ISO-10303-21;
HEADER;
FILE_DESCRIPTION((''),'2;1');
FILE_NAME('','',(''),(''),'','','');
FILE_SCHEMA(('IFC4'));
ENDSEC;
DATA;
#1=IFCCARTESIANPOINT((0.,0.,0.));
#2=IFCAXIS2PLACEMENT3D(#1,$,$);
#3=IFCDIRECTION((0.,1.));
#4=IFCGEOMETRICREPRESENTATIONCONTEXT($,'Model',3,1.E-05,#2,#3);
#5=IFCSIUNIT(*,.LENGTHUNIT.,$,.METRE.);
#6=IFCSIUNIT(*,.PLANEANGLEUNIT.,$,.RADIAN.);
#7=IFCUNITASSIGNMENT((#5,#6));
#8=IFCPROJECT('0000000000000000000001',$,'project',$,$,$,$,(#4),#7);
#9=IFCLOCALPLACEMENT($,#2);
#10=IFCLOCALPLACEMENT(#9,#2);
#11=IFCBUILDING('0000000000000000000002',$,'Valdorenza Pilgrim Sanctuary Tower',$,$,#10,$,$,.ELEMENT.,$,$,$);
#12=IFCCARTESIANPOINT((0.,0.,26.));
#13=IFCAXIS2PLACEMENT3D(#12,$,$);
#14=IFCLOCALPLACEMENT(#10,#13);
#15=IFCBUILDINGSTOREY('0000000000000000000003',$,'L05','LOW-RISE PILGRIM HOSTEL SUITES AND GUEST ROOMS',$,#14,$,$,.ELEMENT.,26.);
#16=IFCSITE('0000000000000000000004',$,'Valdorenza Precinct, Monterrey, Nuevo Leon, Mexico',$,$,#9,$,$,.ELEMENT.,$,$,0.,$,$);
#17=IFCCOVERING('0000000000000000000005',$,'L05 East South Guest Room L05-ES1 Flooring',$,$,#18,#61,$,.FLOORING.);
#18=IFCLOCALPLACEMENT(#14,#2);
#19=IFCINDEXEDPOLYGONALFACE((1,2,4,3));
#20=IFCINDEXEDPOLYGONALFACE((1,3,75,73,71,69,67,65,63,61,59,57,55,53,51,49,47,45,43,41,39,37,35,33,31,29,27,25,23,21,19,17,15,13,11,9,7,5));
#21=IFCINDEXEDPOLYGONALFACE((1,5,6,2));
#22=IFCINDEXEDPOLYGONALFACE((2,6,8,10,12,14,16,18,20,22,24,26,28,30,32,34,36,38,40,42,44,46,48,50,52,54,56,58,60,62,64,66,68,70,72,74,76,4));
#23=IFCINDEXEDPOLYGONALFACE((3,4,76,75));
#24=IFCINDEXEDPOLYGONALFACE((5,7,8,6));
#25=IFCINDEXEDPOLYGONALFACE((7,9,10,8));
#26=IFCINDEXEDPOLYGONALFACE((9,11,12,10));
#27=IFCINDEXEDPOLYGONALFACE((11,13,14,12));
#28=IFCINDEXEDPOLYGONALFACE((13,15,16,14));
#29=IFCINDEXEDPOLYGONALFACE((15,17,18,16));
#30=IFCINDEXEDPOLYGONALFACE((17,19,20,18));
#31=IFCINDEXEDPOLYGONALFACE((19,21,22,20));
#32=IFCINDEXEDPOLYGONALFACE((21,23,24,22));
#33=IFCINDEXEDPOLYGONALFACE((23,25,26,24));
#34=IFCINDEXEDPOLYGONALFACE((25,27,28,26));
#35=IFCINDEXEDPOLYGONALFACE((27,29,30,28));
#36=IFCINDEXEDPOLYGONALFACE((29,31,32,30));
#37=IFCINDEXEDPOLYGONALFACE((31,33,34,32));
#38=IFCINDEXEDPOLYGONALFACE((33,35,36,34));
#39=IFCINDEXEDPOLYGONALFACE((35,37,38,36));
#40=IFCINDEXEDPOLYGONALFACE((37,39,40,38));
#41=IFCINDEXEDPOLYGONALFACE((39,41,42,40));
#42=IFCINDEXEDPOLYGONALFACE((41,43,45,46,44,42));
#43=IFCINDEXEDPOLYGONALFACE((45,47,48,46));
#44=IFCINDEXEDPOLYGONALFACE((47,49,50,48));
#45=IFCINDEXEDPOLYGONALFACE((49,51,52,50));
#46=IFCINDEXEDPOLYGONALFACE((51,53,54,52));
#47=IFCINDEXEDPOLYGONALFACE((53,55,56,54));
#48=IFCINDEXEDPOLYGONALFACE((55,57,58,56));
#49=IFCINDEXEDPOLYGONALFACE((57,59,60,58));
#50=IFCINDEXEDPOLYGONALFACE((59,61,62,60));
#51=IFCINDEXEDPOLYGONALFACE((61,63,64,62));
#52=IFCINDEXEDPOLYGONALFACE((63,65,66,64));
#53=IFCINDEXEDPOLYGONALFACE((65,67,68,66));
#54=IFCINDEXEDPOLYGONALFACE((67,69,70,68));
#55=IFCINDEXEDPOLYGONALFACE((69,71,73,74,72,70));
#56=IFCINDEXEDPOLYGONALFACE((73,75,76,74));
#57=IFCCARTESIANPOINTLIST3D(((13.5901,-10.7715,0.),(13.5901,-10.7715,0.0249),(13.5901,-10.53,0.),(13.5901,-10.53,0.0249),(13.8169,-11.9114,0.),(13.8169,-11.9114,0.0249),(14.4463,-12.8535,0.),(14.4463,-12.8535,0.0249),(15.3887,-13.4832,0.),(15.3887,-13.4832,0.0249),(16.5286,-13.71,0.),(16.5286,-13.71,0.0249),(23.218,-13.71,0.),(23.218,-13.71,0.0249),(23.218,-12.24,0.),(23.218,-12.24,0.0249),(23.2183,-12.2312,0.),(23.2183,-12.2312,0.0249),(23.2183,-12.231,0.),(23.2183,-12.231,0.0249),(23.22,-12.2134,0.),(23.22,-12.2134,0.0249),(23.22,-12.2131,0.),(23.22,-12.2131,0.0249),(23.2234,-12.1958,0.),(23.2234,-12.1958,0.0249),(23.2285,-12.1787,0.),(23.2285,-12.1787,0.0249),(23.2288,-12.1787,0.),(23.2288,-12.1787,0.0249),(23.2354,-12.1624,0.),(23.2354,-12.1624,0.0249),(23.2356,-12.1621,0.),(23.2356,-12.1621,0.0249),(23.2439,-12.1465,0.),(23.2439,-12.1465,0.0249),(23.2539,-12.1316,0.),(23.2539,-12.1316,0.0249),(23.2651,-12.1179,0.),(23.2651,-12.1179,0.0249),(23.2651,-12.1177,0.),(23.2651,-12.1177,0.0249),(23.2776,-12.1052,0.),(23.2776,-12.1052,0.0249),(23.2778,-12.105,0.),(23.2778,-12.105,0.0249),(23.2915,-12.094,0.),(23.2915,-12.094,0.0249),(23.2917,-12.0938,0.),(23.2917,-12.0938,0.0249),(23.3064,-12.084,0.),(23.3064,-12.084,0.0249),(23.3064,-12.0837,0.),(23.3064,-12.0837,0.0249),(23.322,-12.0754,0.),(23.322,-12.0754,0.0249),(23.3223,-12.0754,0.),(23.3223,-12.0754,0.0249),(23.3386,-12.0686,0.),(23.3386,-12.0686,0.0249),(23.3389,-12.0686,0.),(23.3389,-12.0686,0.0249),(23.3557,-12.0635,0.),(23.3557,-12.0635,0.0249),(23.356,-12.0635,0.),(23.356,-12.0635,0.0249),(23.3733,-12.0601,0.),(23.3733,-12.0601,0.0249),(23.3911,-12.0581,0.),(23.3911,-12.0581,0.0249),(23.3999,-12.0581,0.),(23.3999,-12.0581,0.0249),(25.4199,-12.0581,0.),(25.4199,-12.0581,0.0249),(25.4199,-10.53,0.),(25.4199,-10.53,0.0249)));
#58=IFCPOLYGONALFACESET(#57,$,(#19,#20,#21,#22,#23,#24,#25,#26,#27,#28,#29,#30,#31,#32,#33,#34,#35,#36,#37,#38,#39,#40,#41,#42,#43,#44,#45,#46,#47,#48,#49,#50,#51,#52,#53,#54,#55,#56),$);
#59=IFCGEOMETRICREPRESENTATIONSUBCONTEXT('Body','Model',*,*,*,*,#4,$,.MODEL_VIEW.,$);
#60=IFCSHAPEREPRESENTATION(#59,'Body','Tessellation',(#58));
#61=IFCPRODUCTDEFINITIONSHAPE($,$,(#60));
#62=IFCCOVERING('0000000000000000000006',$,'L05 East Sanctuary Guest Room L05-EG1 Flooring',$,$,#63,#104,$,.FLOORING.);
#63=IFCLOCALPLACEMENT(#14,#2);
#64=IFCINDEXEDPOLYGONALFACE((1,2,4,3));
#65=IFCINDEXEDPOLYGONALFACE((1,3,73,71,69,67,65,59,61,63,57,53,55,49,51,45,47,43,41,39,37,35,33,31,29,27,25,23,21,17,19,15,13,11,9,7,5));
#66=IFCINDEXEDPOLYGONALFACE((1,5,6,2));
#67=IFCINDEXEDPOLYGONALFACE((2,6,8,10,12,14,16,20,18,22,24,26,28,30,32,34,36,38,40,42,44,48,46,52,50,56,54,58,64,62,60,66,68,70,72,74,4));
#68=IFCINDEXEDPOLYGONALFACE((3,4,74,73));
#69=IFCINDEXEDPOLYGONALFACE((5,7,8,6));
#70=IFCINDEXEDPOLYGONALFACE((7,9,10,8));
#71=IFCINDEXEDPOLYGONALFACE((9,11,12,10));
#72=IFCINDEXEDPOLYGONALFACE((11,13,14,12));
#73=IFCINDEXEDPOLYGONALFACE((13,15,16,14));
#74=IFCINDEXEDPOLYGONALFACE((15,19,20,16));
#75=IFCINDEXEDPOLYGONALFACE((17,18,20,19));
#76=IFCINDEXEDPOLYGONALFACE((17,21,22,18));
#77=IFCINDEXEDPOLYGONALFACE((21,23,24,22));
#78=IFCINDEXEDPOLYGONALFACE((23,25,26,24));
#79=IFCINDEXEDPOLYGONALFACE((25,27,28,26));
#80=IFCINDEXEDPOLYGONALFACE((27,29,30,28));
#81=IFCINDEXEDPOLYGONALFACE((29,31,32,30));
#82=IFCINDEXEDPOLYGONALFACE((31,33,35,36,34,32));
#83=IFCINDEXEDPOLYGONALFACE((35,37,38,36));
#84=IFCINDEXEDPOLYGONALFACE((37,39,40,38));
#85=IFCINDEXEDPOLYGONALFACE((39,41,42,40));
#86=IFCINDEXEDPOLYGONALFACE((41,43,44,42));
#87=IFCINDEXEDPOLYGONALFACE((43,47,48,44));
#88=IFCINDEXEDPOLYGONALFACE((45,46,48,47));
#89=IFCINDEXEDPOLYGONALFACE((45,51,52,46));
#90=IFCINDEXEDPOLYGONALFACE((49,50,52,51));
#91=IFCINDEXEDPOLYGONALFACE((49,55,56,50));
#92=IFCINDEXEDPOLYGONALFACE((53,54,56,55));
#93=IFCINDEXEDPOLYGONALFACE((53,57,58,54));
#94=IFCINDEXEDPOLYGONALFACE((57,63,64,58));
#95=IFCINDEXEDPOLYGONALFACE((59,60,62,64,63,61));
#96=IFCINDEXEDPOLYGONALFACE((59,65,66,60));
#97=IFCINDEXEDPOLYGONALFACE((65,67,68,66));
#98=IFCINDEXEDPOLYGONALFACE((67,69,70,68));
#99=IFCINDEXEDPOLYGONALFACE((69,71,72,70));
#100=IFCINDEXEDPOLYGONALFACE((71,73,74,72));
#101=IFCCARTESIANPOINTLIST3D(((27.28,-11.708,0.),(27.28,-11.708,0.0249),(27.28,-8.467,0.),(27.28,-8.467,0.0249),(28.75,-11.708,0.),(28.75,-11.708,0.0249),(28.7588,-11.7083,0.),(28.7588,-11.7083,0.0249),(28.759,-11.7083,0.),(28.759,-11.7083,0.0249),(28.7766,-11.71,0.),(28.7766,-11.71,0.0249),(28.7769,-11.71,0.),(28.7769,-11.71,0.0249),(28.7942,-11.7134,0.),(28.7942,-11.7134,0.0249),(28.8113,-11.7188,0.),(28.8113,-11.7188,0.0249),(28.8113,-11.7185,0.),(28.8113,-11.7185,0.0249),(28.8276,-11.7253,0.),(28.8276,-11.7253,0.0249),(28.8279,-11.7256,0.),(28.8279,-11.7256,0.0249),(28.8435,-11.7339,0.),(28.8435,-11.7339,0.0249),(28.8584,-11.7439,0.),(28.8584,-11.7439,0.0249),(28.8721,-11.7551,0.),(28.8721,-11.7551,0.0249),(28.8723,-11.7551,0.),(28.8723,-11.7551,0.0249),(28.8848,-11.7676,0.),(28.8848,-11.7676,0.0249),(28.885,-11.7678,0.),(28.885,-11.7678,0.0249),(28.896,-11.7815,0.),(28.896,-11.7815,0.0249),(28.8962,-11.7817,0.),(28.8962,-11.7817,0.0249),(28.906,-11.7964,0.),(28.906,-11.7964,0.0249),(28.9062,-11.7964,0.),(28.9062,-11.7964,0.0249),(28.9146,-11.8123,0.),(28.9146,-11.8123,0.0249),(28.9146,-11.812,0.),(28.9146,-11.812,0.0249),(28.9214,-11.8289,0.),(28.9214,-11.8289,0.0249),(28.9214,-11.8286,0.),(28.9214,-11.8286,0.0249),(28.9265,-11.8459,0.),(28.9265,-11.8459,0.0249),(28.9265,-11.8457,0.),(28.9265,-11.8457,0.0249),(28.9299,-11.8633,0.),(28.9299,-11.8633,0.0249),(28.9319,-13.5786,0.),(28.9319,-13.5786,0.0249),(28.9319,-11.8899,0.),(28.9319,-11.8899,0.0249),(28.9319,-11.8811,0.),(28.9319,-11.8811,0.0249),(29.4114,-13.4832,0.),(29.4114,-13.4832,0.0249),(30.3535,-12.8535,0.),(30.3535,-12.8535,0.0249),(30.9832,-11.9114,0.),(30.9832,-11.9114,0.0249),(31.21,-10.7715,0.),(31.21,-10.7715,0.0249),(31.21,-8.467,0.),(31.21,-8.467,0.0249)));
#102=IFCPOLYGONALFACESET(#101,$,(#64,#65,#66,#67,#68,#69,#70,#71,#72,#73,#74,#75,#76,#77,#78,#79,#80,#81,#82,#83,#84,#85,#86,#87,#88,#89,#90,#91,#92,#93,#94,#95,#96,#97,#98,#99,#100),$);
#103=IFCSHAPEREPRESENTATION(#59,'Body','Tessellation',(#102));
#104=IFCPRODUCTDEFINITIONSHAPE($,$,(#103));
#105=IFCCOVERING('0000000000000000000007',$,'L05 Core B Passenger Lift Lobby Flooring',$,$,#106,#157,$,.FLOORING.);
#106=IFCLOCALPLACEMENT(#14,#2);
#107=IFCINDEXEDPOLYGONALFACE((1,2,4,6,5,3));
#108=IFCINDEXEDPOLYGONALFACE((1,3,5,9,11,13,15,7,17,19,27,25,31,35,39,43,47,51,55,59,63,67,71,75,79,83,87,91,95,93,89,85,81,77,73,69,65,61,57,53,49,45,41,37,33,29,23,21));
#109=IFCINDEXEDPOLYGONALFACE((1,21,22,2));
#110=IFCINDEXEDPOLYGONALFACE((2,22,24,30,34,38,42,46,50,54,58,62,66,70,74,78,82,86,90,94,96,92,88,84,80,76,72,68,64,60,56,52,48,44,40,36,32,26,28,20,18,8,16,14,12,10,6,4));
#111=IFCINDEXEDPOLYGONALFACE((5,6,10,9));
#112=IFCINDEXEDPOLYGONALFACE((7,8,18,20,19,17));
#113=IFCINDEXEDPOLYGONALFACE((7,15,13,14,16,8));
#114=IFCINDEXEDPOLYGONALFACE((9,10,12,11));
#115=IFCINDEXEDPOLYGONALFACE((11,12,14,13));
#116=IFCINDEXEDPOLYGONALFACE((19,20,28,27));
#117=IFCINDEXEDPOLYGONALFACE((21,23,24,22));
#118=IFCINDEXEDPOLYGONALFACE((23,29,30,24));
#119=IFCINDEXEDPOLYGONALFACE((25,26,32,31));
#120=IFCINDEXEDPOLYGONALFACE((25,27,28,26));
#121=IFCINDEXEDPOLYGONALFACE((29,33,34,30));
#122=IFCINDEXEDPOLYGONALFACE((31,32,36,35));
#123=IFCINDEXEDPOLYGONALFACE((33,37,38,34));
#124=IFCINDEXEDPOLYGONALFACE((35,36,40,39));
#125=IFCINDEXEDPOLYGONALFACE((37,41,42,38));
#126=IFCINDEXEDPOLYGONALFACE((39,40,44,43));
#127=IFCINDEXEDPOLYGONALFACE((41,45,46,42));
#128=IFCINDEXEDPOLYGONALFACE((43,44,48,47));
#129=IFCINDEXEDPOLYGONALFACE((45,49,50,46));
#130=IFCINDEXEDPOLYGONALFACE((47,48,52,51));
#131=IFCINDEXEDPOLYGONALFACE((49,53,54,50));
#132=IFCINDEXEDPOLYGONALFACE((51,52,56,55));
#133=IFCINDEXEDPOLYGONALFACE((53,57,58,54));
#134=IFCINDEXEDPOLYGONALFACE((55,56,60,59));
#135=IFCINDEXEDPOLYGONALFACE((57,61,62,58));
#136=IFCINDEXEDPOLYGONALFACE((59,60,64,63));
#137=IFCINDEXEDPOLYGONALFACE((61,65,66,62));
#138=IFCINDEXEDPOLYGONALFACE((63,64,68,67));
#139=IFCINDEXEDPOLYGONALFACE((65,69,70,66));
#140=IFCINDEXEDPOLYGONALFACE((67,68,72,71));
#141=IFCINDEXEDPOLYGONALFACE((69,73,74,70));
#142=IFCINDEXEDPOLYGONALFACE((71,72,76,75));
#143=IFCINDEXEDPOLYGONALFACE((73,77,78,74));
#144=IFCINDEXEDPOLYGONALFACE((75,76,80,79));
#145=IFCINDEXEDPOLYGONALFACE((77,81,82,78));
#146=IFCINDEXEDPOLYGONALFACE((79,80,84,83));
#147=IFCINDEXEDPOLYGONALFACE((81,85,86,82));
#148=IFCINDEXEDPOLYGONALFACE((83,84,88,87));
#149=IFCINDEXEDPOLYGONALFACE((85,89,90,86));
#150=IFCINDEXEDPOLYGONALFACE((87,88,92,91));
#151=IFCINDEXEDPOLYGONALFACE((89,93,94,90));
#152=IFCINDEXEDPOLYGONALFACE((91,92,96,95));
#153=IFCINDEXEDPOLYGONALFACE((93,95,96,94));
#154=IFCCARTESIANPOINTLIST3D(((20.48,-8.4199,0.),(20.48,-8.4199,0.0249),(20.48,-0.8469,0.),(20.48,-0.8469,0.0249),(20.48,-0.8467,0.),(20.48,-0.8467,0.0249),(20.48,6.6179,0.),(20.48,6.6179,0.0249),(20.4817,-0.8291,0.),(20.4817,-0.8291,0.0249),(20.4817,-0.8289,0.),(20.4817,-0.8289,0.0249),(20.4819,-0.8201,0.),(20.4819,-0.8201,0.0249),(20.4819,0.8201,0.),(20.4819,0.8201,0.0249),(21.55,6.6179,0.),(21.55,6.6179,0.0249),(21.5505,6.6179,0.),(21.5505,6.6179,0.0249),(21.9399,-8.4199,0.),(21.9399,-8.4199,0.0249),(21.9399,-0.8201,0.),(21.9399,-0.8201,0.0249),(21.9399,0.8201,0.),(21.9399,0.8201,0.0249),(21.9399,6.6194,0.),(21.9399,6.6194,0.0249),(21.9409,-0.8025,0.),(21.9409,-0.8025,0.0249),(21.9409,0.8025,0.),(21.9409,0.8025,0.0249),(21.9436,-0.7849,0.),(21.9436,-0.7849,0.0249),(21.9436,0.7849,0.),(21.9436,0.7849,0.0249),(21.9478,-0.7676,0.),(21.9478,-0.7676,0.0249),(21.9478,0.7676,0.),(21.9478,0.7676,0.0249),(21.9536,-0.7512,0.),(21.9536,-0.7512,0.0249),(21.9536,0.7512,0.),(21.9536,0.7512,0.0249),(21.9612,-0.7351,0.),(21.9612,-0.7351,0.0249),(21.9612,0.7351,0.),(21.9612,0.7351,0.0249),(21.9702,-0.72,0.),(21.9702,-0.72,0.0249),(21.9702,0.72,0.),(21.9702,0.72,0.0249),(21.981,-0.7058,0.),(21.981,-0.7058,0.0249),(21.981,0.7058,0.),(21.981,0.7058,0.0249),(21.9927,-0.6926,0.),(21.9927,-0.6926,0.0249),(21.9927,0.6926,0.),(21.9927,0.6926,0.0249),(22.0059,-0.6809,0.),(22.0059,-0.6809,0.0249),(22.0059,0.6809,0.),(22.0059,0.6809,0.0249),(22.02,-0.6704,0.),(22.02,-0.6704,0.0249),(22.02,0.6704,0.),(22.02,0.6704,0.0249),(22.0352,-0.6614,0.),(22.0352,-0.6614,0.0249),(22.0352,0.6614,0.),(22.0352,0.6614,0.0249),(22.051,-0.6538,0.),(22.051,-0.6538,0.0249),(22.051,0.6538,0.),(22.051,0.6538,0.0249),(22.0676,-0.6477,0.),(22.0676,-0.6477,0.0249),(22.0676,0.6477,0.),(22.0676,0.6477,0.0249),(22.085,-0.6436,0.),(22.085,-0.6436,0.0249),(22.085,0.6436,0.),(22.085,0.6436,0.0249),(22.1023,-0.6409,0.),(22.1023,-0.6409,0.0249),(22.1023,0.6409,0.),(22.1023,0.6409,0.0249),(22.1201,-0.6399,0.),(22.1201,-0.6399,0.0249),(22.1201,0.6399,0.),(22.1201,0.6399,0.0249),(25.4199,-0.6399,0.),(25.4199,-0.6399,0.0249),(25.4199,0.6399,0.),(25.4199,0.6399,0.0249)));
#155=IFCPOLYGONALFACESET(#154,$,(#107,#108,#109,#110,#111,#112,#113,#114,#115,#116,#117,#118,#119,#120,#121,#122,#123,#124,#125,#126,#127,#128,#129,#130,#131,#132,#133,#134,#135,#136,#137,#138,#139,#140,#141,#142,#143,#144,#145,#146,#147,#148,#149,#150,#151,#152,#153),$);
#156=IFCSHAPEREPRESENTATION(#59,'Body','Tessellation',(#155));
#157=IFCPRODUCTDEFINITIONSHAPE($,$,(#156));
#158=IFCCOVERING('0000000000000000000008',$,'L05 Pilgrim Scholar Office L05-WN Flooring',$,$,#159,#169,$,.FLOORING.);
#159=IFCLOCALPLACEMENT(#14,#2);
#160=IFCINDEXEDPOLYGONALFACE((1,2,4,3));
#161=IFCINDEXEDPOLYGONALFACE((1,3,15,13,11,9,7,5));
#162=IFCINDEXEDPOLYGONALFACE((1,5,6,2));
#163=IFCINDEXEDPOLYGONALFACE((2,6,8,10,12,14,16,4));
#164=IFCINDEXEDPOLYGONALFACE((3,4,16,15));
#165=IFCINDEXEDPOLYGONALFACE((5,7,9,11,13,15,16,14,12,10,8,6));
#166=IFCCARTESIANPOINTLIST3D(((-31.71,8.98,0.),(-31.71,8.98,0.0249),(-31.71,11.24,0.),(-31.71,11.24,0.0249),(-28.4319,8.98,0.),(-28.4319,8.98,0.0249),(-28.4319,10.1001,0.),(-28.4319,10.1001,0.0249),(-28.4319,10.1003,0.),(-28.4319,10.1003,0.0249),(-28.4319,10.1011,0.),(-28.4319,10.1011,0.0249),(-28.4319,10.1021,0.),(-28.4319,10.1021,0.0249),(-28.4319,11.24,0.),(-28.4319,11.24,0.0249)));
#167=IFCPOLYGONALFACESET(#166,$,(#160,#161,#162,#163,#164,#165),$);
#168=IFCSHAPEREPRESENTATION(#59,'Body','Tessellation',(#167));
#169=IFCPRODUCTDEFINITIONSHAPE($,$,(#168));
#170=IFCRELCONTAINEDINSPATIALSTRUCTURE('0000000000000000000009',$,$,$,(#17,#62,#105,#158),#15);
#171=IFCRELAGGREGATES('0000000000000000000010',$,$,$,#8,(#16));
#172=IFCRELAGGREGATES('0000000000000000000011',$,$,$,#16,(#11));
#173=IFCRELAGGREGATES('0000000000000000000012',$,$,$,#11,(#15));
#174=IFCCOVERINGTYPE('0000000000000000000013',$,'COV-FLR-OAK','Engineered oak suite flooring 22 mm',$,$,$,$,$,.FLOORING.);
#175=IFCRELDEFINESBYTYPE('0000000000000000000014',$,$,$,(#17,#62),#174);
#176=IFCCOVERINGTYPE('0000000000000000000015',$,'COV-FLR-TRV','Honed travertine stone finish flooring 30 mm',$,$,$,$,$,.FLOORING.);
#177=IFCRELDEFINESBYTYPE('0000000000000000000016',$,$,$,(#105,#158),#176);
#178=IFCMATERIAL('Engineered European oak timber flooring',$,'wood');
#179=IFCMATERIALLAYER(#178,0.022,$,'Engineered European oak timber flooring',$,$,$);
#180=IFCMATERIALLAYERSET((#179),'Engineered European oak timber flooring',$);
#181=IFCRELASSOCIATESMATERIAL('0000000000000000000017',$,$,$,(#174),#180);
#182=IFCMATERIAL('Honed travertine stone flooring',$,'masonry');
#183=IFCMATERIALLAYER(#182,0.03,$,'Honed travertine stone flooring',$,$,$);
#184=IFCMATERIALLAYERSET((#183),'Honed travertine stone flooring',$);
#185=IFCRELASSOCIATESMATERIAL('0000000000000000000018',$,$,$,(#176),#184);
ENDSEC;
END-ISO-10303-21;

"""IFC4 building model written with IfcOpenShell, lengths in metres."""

from ifc_helpers import new_model, si_unit, direction, frame, origin, place, context, subcontext, project, spatial, polyline, outline, extrude, material, layer, layer_set, type_object, element, save


model = new_model("IFC4")

# Units and contexts
model_context = context("Model", 3, precision=1e-05, world=origin(), true_north=direction((0.0, 1.0)))
body_context = subcontext(model_context, "Body", "Model", "MODEL_VIEW")
ifc_project = project(units=[si_unit("LENGTHUNIT", "METRE"), si_unit("PLANEANGLEUNIT", "RADIAN")], contexts=[model_context])

# Site, building, storey
site_placement = place(None, origin())
site = spatial("IfcSite", under=ifc_project, at=site_placement, Name="Valdorenza Precinct, Monterrey, Nuevo Leon, Mexico", CompositionType="ELEMENT", RefElevation=0.0)
building_placement = place(site_placement, origin())
building = spatial("IfcBuilding", under=site, at=building_placement, Name="Valdorenza Pilgrim Sanctuary Tower", CompositionType="ELEMENT")
storey_placement = place(building_placement, frame((0.0, 0.0, 26.0)))
storey = spatial("IfcBuildingStorey", under=building, at=storey_placement, Name="L05", Description="LOW-RISE PILGRIM HOSTEL SUITES AND GUEST ROOMS", CompositionType="ELEMENT", Elevation=26.0)

# Coverings
ifc_material_1 = material(Name="Engineered European oak timber flooring", Category="wood")
ifc_layer_1 = layer(ifc_material_1, 0.022, Name="Engineered European oak timber flooring")
ifc_layer_set_1 = layer_set([ifc_layer_1], Name="Engineered European oak timber flooring")
covering_type_1 = type_object("IfcCoveringType", Name="COV-FLR-OAK", Description="Engineered oak suite flooring 22 mm", PredefinedType="FLOORING", material=ifc_layer_set_1)
covering_1_placement = place(storey_placement, origin())
element("IfcCovering", 1, at=covering_1_placement, inside=storey, type_object=covering_type_1, Name="L05 East South Guest Room L05-ES1 Flooring", PredefinedType="FLOORING", context=body_context, shape_type="SweptSolid", body=[
    extrude(outline(polyline([(25.4199, -10.53), (25.4199, -12.0581), (23.3999, -12.0581), (23.3911, -12.0581), (23.3911, -12.0581), (23.3733, -12.0601), (23.3733, -12.0601), (23.356, -12.0635), (23.3557, -12.0635), (23.3389, -12.0686), (23.3386, -12.0686), (23.3223, -12.0754), (23.322, -12.0754), (23.3064, -12.0837), (23.3064, -12.084), (23.2917, -12.0938), (23.2915, -12.094), (23.2778, -12.105), (23.2776, -12.1052), (23.2651, -12.1177), (23.2651, -12.1179), (23.2539, -12.1316), (23.2539, -12.1316), (23.2439, -12.1465), (23.2439, -12.1465), (23.2356, -12.1621), (23.2354, -12.1624), (23.2288, -12.1787), (23.2285, -12.1787), (23.2234, -12.1958), (23.2234, -12.1958), (23.22, -12.2131), (23.22, -12.2134), (23.2183, -12.231), (23.2183, -12.2312), (23.218, -12.24), (23.218, -13.71), (16.5286, -13.71), (15.3887, -13.4832), (14.4463, -12.8535), (13.8169, -11.9114), (13.5901, -10.7715), (13.5901, -10.53), (25.4199, -10.53)])), origin(), (0.0, 0.0, 1.0), 0.0249),
])
covering_2_placement = place(storey_placement, origin())
element("IfcCovering", 2, at=covering_2_placement, inside=storey, type_object=covering_type_1, Name="L05 East Sanctuary Guest Room L05-EG1 Flooring", PredefinedType="FLOORING", context=body_context, shape_type="SweptSolid", body=[
    extrude(outline(polyline([(31.21, -10.7715), (30.9832, -11.9114), (30.3535, -12.8535), (29.4114, -13.4832), (28.9319, -13.5786), (28.9319, -11.8899), (28.9319, -11.8811), (28.9319, -11.8811), (28.9299, -11.8633), (28.9299, -11.8633), (28.9265, -11.8459), (28.9265, -11.8457), (28.9214, -11.8289), (28.9214, -11.8286), (28.9146, -11.8123), (28.9146, -11.812), (28.9062, -11.7964), (28.906, -11.7964), (28.8962, -11.7817), (28.896, -11.7815), (28.885, -11.7678), (28.8848, -11.7676), (28.8723, -11.7551), (28.8721, -11.7551), (28.8584, -11.7439), (28.8584, -11.7439), (28.8435, -11.7339), (28.8435, -11.7339), (28.8279, -11.7256), (28.8276, -11.7253), (28.8113, -11.7188), (28.8113, -11.7185), (28.7942, -11.7134), (28.7942, -11.7134), (28.7769, -11.71), (28.7766, -11.71), (28.759, -11.7083), (28.7588, -11.7083), (28.75, -11.708), (27.28, -11.708), (27.28, -8.467), (31.21, -8.467), (31.21, -10.7715)])), origin(), (0.0, 0.0, 1.0), 0.0249),
])
ifc_material_2 = material(Name="Honed travertine stone flooring", Category="masonry")
ifc_layer_2 = layer(ifc_material_2, 0.03, Name="Honed travertine stone flooring")
ifc_layer_set_2 = layer_set([ifc_layer_2], Name="Honed travertine stone flooring")
covering_type_2 = type_object("IfcCoveringType", Name="COV-FLR-TRV", Description="Honed travertine stone finish flooring 30 mm", PredefinedType="FLOORING", material=ifc_layer_set_2)
covering_3_placement = place(storey_placement, origin())
element("IfcCovering", 3, at=covering_3_placement, inside=storey, type_object=covering_type_2, Name="L05 Core B Passenger Lift Lobby Flooring", PredefinedType="FLOORING", context=body_context, shape_type="SweptSolid", body=[
    extrude(outline(polyline([(20.48, 6.6179), (21.55, 6.6179), (21.5505, 6.6179), (21.9399, 6.6194), (21.9399, 0.8201), (21.9409, 0.8025), (21.9436, 0.7849), (21.9478, 0.7676), (21.9536, 0.7512), (21.9612, 0.7351), (21.9702, 0.72), (21.981, 0.7058), (21.9927, 0.6926), (22.0059, 0.6809), (22.02, 0.6704), (22.0352, 0.6614), (22.051, 0.6538), (22.0676, 0.6477), (22.085, 0.6436), (22.1023, 0.6409), (22.1201, 0.6399), (25.4199, 0.6399), (25.4199, -0.6399), (22.1201, -0.6399), (22.1023, -0.6409), (22.085, -0.6436), (22.0676, -0.6477), (22.051, -0.6538), (22.0352, -0.6614), (22.02, -0.6704), (22.0059, -0.6809), (21.9927, -0.6926), (21.981, -0.7058), (21.9702, -0.72), (21.9612, -0.7351), (21.9536, -0.7512), (21.9478, -0.7676), (21.9436, -0.7849), (21.9409, -0.8025), (21.9399, -0.8201), (21.9399, -8.4199), (20.48, -8.4199), (20.48, -0.8469), (20.48, -0.8467), (20.48, -0.8467), (20.4817, -0.8291), (20.4817, -0.8289), (20.4819, -0.8201), (20.4819, 0.8201), (20.48, 6.6179)])), origin(), (0.0, 0.0, 1.0), 0.0249),
])
covering_4_placement = place(storey_placement, origin())
element("IfcCovering", 4, at=covering_4_placement, inside=storey, type_object=covering_type_2, Name="L05 Pilgrim Scholar Office L05-WN Flooring", PredefinedType="FLOORING", context=body_context, shape_type="SweptSolid", body=[
    extrude(outline(polyline([(-28.4319, 11.24), (-28.4319, 10.1021), (-28.4319, 10.1011), (-28.4319, 10.1003), (-28.4319, 10.1001), (-28.4319, 8.98), (-31.71, 8.98), (-31.71, 11.24), (-28.4319, 11.24)])), origin(), (0.0, 0.0, 1.0), 0.0249),
])

save(model, "model.ifc")
